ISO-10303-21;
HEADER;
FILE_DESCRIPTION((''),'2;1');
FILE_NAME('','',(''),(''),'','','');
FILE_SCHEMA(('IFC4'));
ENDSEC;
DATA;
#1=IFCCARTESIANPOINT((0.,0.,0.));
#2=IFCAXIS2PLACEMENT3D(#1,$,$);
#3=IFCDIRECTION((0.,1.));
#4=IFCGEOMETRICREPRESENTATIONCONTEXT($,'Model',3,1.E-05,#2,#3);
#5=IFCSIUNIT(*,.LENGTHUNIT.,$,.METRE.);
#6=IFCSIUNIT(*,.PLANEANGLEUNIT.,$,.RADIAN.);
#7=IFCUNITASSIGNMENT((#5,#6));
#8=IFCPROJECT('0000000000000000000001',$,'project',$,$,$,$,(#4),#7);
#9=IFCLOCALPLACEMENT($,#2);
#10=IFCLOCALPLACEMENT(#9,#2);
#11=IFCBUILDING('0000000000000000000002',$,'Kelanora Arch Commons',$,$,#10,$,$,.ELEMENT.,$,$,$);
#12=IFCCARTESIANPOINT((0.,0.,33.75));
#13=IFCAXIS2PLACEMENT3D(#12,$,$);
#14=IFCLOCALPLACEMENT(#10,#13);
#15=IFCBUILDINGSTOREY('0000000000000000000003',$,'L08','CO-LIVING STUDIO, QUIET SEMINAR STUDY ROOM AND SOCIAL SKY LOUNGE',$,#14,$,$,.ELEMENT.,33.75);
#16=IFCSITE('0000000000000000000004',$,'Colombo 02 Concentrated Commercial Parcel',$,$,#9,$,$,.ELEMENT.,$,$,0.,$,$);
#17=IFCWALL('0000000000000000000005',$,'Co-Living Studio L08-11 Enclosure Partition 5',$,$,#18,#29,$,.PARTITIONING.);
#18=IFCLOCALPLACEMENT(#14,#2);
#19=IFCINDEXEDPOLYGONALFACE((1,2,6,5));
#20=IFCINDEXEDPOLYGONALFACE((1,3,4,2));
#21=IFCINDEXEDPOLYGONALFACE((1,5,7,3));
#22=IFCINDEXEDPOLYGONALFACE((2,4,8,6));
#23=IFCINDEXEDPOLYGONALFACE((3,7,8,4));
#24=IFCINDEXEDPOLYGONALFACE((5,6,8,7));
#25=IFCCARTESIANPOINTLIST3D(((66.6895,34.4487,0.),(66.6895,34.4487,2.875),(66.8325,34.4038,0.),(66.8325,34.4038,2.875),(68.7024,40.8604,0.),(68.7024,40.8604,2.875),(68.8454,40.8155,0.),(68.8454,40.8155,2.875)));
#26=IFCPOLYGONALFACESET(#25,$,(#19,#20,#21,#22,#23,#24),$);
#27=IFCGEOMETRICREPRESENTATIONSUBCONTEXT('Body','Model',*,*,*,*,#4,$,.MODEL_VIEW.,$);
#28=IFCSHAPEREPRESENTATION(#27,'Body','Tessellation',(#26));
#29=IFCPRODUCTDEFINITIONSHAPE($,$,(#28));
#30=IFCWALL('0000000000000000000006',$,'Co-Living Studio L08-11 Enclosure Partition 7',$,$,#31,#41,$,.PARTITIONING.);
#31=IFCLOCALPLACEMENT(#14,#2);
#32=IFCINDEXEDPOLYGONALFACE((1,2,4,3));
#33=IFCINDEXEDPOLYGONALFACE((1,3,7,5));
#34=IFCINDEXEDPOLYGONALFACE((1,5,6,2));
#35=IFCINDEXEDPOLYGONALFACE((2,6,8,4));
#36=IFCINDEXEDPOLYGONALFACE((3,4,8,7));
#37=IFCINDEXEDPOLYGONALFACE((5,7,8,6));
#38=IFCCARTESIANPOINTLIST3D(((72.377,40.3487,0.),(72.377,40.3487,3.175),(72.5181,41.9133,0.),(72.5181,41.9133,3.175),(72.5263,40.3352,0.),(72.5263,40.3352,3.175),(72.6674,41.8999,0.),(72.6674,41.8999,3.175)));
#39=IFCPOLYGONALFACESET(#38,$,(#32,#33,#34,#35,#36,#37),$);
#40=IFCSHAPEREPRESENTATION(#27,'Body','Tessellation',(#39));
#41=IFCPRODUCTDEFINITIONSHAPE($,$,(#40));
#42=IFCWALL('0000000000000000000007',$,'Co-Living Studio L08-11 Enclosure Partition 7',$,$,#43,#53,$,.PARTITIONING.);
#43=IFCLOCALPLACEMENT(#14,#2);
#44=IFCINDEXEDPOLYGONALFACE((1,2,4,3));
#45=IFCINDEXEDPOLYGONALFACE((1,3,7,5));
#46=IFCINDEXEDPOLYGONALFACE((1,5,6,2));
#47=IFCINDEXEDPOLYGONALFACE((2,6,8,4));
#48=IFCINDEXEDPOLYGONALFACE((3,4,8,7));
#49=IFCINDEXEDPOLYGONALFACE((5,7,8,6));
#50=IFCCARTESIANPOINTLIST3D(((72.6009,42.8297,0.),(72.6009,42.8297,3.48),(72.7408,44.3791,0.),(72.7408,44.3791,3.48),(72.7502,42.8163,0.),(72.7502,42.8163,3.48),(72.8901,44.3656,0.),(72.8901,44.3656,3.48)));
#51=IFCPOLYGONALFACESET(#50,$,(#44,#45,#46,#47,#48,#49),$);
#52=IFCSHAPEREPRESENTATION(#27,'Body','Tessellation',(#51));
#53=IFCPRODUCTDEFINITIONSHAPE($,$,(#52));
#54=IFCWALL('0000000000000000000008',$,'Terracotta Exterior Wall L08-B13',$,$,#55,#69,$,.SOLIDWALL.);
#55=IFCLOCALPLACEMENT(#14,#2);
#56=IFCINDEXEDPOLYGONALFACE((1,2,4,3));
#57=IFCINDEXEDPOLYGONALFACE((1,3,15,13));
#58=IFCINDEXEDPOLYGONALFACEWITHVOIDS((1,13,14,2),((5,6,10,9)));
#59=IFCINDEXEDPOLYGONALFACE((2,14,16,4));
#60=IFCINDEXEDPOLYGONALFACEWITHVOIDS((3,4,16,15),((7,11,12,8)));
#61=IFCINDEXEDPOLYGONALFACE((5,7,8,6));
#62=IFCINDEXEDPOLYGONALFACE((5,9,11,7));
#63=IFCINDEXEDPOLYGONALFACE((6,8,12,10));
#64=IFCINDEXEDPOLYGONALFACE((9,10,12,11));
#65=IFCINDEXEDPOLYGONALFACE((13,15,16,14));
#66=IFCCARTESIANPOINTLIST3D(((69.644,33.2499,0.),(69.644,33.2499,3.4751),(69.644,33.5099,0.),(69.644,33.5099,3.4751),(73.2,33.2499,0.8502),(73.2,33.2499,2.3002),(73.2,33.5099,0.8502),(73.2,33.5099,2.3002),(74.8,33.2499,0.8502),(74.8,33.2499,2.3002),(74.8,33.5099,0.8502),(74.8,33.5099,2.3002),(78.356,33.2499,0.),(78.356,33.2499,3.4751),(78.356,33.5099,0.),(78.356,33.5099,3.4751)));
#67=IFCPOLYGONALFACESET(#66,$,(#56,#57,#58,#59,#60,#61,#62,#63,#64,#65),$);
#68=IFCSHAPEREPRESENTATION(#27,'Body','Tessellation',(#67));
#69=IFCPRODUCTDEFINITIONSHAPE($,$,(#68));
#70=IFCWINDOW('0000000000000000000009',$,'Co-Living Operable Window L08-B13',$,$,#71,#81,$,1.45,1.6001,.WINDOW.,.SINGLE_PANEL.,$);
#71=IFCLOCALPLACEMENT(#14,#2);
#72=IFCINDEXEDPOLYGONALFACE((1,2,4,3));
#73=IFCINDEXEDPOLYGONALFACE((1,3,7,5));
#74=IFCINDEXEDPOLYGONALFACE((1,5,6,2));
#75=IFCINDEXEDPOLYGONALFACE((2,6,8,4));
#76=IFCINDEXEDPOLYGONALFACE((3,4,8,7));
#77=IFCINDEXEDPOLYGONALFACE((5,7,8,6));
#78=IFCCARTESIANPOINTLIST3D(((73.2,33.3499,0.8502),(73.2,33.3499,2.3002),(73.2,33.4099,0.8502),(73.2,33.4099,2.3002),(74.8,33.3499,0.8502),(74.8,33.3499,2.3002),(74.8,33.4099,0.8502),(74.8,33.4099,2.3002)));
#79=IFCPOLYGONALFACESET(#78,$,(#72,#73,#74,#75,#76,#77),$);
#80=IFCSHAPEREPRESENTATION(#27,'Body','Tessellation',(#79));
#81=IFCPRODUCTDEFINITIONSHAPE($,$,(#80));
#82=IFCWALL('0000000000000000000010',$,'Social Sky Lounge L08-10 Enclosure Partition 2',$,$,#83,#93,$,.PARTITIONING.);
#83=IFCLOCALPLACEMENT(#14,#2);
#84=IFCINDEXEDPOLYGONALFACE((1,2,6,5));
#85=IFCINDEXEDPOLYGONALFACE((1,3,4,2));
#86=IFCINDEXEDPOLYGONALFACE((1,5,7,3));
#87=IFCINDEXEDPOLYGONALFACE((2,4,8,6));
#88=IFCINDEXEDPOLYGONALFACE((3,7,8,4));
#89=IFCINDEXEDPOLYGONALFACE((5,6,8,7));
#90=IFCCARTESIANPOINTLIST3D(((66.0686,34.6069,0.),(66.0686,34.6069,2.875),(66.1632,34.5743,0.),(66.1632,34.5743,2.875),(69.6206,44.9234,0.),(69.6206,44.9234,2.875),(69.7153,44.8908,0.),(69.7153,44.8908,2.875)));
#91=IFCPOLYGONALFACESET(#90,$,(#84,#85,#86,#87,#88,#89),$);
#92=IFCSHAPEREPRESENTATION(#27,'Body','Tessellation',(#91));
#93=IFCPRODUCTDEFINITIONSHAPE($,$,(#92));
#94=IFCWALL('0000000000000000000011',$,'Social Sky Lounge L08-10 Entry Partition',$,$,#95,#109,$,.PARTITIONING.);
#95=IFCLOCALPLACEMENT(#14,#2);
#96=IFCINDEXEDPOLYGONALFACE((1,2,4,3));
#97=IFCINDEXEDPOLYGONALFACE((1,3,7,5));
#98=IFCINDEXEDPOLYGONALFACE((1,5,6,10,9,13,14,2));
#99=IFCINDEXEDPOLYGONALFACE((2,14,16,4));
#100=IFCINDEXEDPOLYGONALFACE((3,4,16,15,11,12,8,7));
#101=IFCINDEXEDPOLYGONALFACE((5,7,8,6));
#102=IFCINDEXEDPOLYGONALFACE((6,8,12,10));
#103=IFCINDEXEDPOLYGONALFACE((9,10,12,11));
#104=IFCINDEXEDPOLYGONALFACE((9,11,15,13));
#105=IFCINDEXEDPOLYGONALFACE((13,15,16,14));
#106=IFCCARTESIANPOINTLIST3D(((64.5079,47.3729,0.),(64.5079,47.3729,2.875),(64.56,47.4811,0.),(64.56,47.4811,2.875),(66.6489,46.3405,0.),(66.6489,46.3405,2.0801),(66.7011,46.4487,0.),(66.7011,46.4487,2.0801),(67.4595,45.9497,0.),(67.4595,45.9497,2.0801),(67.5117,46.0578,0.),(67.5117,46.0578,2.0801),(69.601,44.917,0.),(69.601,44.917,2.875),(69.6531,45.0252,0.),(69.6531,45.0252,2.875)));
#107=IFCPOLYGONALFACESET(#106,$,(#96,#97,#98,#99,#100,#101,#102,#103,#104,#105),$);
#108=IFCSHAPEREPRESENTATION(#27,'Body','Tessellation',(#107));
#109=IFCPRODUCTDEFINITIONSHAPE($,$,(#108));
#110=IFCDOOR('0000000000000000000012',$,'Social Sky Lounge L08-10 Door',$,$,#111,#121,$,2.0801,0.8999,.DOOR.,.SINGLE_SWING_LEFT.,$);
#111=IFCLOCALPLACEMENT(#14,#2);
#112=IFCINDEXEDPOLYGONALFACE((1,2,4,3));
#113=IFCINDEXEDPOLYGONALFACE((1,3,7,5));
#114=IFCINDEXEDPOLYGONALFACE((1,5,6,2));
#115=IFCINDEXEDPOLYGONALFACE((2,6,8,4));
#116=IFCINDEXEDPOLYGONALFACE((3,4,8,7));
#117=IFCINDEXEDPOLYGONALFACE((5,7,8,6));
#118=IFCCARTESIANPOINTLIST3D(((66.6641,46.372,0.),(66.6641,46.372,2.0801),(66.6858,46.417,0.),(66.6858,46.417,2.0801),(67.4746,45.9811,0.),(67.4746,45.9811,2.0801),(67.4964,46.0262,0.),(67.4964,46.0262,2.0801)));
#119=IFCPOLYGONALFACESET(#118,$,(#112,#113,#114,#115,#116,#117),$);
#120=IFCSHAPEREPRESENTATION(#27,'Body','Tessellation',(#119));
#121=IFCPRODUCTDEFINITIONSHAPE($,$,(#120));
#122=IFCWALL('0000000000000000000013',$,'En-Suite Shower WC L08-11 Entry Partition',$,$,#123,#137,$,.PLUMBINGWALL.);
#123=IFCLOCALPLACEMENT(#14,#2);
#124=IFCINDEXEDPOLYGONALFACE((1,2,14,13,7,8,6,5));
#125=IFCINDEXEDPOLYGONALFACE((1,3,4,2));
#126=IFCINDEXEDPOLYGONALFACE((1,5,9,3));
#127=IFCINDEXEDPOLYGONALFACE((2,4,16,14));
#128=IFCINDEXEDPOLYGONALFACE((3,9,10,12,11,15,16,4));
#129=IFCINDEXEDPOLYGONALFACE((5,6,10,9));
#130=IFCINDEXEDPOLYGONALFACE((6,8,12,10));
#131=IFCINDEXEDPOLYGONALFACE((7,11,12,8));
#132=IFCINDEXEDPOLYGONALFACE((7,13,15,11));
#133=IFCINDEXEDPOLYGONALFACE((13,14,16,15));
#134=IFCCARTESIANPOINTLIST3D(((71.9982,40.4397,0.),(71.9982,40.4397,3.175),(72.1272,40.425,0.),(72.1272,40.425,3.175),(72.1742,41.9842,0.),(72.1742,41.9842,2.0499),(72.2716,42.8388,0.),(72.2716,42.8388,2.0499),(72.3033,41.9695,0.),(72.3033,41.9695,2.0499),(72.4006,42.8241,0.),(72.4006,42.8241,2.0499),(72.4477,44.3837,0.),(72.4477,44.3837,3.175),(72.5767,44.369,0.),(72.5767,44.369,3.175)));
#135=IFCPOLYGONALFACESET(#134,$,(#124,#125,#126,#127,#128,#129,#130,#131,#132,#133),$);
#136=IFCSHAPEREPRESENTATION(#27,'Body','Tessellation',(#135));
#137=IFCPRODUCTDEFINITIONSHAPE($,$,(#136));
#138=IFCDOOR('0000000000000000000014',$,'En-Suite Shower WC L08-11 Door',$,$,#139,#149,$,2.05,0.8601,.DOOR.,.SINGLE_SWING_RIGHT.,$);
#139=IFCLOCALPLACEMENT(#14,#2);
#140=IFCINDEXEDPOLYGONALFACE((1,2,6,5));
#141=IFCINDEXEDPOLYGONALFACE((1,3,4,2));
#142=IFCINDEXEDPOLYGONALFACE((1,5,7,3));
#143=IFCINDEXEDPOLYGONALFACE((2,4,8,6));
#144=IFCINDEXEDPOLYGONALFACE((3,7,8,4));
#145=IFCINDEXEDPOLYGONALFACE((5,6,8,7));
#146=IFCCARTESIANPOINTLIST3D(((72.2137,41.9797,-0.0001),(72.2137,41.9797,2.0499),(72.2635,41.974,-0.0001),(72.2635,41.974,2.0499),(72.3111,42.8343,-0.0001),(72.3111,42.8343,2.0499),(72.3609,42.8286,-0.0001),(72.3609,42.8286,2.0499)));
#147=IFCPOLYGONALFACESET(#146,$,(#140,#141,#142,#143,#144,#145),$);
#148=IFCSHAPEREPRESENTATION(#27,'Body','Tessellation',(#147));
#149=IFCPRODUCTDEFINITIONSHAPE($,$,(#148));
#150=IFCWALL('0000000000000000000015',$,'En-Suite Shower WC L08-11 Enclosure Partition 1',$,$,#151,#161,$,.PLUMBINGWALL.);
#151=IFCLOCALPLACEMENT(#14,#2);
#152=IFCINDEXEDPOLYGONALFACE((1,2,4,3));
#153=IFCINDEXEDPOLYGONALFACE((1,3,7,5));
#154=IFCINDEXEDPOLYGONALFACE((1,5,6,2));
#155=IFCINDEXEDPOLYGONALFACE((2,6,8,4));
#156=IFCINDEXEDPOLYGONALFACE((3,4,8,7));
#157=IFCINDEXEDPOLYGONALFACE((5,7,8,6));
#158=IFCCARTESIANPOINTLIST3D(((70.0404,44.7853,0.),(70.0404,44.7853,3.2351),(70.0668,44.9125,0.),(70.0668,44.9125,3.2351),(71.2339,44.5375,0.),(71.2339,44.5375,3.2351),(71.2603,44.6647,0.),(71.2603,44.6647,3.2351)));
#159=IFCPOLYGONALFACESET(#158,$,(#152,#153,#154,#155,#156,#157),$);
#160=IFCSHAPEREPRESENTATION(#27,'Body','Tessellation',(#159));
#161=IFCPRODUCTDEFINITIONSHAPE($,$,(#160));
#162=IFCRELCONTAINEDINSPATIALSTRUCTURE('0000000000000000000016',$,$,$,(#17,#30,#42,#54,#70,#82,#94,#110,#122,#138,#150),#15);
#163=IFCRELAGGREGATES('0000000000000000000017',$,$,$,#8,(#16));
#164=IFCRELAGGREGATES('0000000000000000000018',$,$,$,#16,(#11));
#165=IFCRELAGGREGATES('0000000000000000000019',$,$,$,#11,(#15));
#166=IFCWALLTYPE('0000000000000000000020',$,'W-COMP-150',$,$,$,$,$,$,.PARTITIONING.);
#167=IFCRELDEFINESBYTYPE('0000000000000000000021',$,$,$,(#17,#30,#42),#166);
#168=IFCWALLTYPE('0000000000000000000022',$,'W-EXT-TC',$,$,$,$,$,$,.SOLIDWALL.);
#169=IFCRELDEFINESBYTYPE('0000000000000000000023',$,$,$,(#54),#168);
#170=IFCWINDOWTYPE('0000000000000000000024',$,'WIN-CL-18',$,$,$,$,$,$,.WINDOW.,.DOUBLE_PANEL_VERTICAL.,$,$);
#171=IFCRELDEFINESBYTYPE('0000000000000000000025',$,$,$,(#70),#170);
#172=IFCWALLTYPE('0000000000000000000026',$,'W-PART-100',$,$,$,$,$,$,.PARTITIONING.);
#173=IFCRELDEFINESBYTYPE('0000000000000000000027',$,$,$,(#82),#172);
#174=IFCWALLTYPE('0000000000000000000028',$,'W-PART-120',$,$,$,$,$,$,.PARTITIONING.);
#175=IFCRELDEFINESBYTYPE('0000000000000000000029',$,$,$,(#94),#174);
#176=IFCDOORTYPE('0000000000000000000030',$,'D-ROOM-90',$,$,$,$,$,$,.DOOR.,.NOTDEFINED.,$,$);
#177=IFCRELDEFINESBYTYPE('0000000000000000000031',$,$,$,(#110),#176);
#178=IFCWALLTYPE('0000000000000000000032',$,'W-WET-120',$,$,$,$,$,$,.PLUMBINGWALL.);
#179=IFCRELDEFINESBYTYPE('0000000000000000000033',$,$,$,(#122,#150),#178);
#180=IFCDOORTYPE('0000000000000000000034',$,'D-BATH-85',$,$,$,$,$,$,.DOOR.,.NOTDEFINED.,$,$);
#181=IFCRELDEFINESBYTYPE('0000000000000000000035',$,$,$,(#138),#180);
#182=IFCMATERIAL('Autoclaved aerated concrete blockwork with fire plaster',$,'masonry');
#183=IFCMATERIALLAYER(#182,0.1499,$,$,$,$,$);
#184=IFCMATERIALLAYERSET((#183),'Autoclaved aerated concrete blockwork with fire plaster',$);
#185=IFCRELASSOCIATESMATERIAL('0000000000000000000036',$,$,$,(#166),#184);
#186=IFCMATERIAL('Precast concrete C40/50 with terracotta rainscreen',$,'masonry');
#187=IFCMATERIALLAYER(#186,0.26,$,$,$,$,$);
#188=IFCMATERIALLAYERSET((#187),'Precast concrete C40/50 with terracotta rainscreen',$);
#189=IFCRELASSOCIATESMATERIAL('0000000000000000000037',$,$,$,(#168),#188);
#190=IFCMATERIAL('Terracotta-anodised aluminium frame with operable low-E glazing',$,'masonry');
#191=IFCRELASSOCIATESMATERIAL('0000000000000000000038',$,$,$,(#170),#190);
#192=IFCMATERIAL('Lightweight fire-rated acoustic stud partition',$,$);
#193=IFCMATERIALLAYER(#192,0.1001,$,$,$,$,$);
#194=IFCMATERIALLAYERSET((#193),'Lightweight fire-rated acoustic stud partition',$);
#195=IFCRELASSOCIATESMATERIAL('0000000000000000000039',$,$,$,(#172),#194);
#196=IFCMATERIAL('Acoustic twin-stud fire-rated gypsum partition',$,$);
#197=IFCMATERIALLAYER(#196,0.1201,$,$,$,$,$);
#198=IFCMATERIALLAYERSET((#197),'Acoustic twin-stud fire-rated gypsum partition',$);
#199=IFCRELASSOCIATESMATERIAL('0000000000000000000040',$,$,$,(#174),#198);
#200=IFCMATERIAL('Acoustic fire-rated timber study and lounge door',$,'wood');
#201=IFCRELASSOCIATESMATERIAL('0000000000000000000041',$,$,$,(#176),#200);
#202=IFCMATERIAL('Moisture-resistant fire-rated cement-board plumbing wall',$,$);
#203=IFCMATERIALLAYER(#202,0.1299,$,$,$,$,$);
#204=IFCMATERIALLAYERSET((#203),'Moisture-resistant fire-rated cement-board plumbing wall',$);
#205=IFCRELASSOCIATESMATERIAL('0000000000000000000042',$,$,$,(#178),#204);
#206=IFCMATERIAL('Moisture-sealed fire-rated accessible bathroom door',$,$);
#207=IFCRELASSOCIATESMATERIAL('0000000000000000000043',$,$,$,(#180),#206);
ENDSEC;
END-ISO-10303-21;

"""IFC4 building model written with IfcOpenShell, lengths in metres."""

from ifc_helpers import new_model, si_unit, direction, frame, frame_2d, origin, place, context, subcontext, project, spatial, rectangle, extrude, material, layer, layer_set, type_object, element, fill, save


model = new_model("IFC4")

# Units and contexts
model_context = context("Model", 3, precision=1e-05, world=origin(), true_north=direction((0.0, 1.0)))
body_context = subcontext(model_context, "Body", "Model", "MODEL_VIEW")
ifc_project = project(units=[si_unit("LENGTHUNIT", "METRE"), si_unit("PLANEANGLEUNIT", "RADIAN")], contexts=[model_context])

# Site, building, storey
site_placement = place(None, origin())
site = spatial("IfcSite", under=ifc_project, at=site_placement, Name="Colombo 02 Concentrated Commercial Parcel", CompositionType="ELEMENT", RefElevation=0.0)
building_placement = place(site_placement, origin())
building = spatial("IfcBuilding", under=site, at=building_placement, Name="Kelanora Arch Commons", CompositionType="ELEMENT")
storey_placement = place(building_placement, frame((0.0, 0.0, 33.75)))
storey = spatial("IfcBuildingStorey", under=building, at=storey_placement, Name="L08", Description="CO-LIVING STUDIO, QUIET SEMINAR STUDY ROOM AND SOCIAL SKY LOUNGE", CompositionType="ELEMENT", Elevation=33.75)

# Shared definitions
ifc_material_1 = material(Name="Autoclaved aerated concrete blockwork with fire plaster", Category="masonry")
ifc_layer_1 = layer(ifc_material_1, 0.1499)
ifc_layer_set_1 = layer_set([ifc_layer_1], Name="Autoclaved aerated concrete blockwork with fire plaster")
wall_type_1 = type_object("IfcWallType", Name="W-COMP-150", PredefinedType="PARTITIONING", material=ifc_layer_set_1)

# Walls
wall_1_placement = place(storey_placement, frame((66.761, 34.4263, 0.0), z_axis=(0.0, 0.0, 1.0), x_axis=(0.299537, 0.954085, 0.0)))
element("IfcWall", 1, at=wall_1_placement, inside=storey, type_object=wall_type_1, Name="Co-Living Studio L08-11 Enclosure Partition 5", PredefinedType="PARTITIONING", context=body_context, shape_type="SweptSolid", body=[
    extrude(rectangle(XDim=6.7202, YDim=0.1499, at=frame_2d((3.3601, 0.0))), origin(), (0.0, 0.0, 1.0), 2.875),
])
wall_2_placement = place(storey_placement, frame((72.4517, 40.3418, 0.0), z_axis=(0.0, 0.0, 1.0), x_axis=(0.089821, 0.995958, 0.0)))
element("IfcWall", 2, at=wall_2_placement, inside=storey, type_object=wall_type_1, Name="Co-Living Studio L08-11 Enclosure Partition 7", PredefinedType="PARTITIONING", context=body_context, shape_type="SweptSolid", body=[
    extrude(rectangle(XDim=1.571, YDim=0.1499, at=frame_2d((0.7856, 0.0))), origin(), (0.0, 0.0, 1.0), 3.175),
])
wall_3_placement = place(storey_placement, frame((72.6755, 42.823, 0.0), z_axis=(0.0, 0.0, 1.0), x_axis=(0.089927, 0.995948, 0.0)))
element("IfcWall", 3, at=wall_3_placement, inside=storey, type_object=wall_type_1, Name="Co-Living Studio L08-11 Enclosure Partition 7", PredefinedType="PARTITIONING", context=body_context, shape_type="SweptSolid", body=[
    extrude(rectangle(XDim=1.5557, YDim=0.1499, at=frame_2d((0.7778, 0.0))), origin(), (0.0, 0.0, 1.0), 3.48),
])

# Wall, opening, window
ifc_material_2 = material(Name="Precast concrete C40/50 with terracotta rainscreen", Category="masonry")
ifc_layer_2 = layer(ifc_material_2, 0.26)
ifc_layer_set_2 = layer_set([ifc_layer_2], Name="Precast concrete C40/50 with terracotta rainscreen")
wall_type_2 = type_object("IfcWallType", Name="W-EXT-TC", PredefinedType="SOLIDWALL", material=ifc_layer_set_2)
wall_4_placement = place(storey_placement, frame((69.644, 33.3799, 0.0), z_axis=(0.0, 0.0, 1.0), x_axis=(1.0, 0.0, 0.0)))
wall_4 = element("IfcWall", 4, at=wall_4_placement, inside=storey, type_object=wall_type_2, Name="Terracotta Exterior Wall L08-B13", PredefinedType="SOLIDWALL", context=body_context, shape_type="SweptSolid", body=[
    extrude(rectangle(XDim=8.7119, YDim=0.26, at=frame_2d((4.356, 0.0))), origin(), (0.0, 0.0, 1.0), 3.4751),
])
opening_1_placement = place(wall_4_placement, frame((3.5559, 0.0, 0.8501)))
opening_1 = element("IfcOpeningElement", 5, at=opening_1_placement, cuts=wall_4, PredefinedType="OPENING", context=body_context, shape_type="SweptSolid", body=[
    extrude(rectangle(XDim=1.6001, YDim=1.45, at=frame_2d((0.8, 0.7251))), frame((0.0, 0.1401, 0.0), z_axis=(0.0, -1.0, 0.0), x_axis=(1.0, 0.0, 0.0)), (0.0, 0.0, 1.0), 0.28),
])
ifc_material_3 = material(Name="Terracotta-anodised aluminium frame with operable low-E glazing", Category="masonry")
window_type = type_object("IfcWindowType", Name="WIN-CL-18", PartitioningType="DOUBLE_PANEL_VERTICAL", PredefinedType="WINDOW", material=ifc_material_3)
window_placement = place(opening_1_placement, origin())
window = element("IfcWindow", 6, at=window_placement, inside=storey, type_object=window_type, Name="Co-Living Operable Window L08-B13", OverallHeight=1.45, OverallWidth=1.6001, PartitioningType="SINGLE_PANEL", PredefinedType="WINDOW", context=body_context, shape_type="SweptSolid", body=[
    extrude(rectangle(XDim=1.6001, YDim=1.45, at=frame_2d((0.8, 0.7251))), frame((0.0, 0.03, 0.0), z_axis=(0.0, -1.0, 0.0), x_axis=(1.0, 0.0, 0.0)), (0.0, 0.0, 1.0), 0.0601),
])
fill(opening_1, window)

# Wall
ifc_material_4 = material(Name="Lightweight fire-rated acoustic stud partition")
ifc_layer_3 = layer(ifc_material_4, 0.1001)
ifc_layer_set_3 = layer_set([ifc_layer_3], Name="Lightweight fire-rated acoustic stud partition")
wall_type_3 = type_object("IfcWallType", Name="W-PART-100", PredefinedType="PARTITIONING", material=ifc_layer_set_3)
wall_5_placement = place(storey_placement, frame((69.668, 44.9072, 0.0), z_axis=(0.0, 0.0, 1.0), x_axis=(-0.32555, -0.945525, 0.0)))
element("IfcWall", 7, at=wall_5_placement, inside=storey, type_object=wall_type_3, Name="Social Sky Lounge L08-10 Enclosure Partition 2", PredefinedType="PARTITIONING", context=body_context, shape_type="SweptSolid", body=[
    extrude(rectangle(XDim=10.9109, YDim=0.1001, at=frame_2d((5.4556, 0.0))), origin(), (0.0, 0.0, 1.0), 2.875),
])

# Walls, openings, doors
ifc_material_5 = material(Name="Acoustic twin-stud fire-rated gypsum partition")
ifc_layer_4 = layer(ifc_material_5, 0.1201)
ifc_layer_set_4 = layer_set([ifc_layer_4], Name="Acoustic twin-stud fire-rated gypsum partition")
wall_type_4 = type_object("IfcWallType", Name="W-PART-120", PredefinedType="PARTITIONING", material=ifc_layer_set_4)
wall_6_placement = place(storey_placement, frame((64.5339, 47.427, 0.0), z_axis=(0.0, 0.0, 1.0), x_axis=(0.900751, -0.434335, 0.0)))
wall_6 = element("IfcWall", 8, at=wall_6_placement, inside=storey, type_object=wall_type_4, Name="Social Sky Lounge L08-10 Entry Partition", PredefinedType="PARTITIONING", context=body_context, shape_type="SweptSolid", body=[
    extrude(rectangle(XDim=5.6543, YDim=0.1201, at=frame_2d((2.8271, 0.0))), origin(), (0.0, 0.0, 1.0), 2.875),
])
opening_2_placement = place(wall_6_placement, frame((2.377, 0.0, 0.0)))
opening_2 = element("IfcOpeningElement", 9, at=opening_2_placement, cuts=wall_6, PredefinedType="OPENING", context=body_context, shape_type="SweptSolid", body=[
    extrude(rectangle(XDim=0.8999, YDim=2.0801, at=frame_2d((0.45, 1.04))), frame((0.0, 0.0701, 0.0), z_axis=(0.0, -1.0, 0.0), x_axis=(1.0, 0.0, 0.0)), (0.0, 0.0, 1.0), 0.1401),
])
ifc_material_6 = material(Name="Acoustic fire-rated timber study and lounge door", Category="wood")
door_type_1 = type_object("IfcDoorType", Name="D-ROOM-90", OperationType="NOTDEFINED", PredefinedType="DOOR", material=ifc_material_6)
door_1_placement = place(opening_2_placement, origin())
door_1 = element("IfcDoor", 10, at=door_1_placement, inside=storey, type_object=door_type_1, Name="Social Sky Lounge L08-10 Door", OperationType="SINGLE_SWING_LEFT", OverallHeight=2.0801, OverallWidth=0.8999, PredefinedType="DOOR", context=body_context, shape_type="SweptSolid", body=[
    extrude(rectangle(XDim=0.8999, YDim=2.0801, at=frame_2d((0.45, 1.04))), frame((0.0, 0.0249, 0.0), z_axis=(0.0, -1.0, 0.0), x_axis=(1.0, 0.0, 0.0)), (0.0, 0.0, 1.0), 0.05),
])
fill(opening_2, door_1)
ifc_material_7 = material(Name="Moisture-resistant fire-rated cement-board plumbing wall")
ifc_layer_5 = layer(ifc_material_7, 0.1299)
ifc_layer_set_5 = layer_set([ifc_layer_5], Name="Moisture-resistant fire-rated cement-board plumbing wall")
wall_type_5 = type_object("IfcWallType", Name="W-WET-120", PredefinedType="PLUMBINGWALL", material=ifc_layer_set_5)
wall_7_placement = place(storey_placement, frame((72.5122, 44.3765, 0.0), z_axis=(0.0, 0.0, 1.0), x_axis=(-0.113233, -0.993569, 0.0)))
wall_7 = element("IfcWall", 11, at=wall_7_placement, inside=storey, type_object=wall_type_5, Name="En-Suite Shower WC L08-11 Entry Partition", PredefinedType="PLUMBINGWALL", context=body_context, shape_type="SweptSolid", body=[
    extrude(rectangle(XDim=3.9695, YDim=0.1299, at=frame_2d((1.9849, 0.0))), origin(), (0.0, 0.0, 1.0), 3.175),
])
opening_3_placement = place(wall_7_placement, frame((1.5549, 0.0, 0.0)))
opening_3 = element("IfcOpeningElement", 12, at=opening_3_placement, cuts=wall_7, PredefinedType="OPENING", context=body_context, shape_type="SweptSolid", body=[
    extrude(rectangle(XDim=0.8601, YDim=2.05, at=frame_2d((0.4302, 1.0249))), frame((0.0, 0.075, 0.0), z_axis=(0.0, -1.0, 0.0), x_axis=(1.0, 0.0, 0.0)), (0.0, 0.0, 1.0), 0.1499),
])
ifc_material_8 = material(Name="Moisture-sealed fire-rated accessible bathroom door")
door_type_2 = type_object("IfcDoorType", Name="D-BATH-85", OperationType="NOTDEFINED", PredefinedType="DOOR", material=ifc_material_8)
door_2_placement = place(opening_3_placement, origin())
door_2 = element("IfcDoor", 13, at=door_2_placement, inside=storey, type_object=door_type_2, Name="En-Suite Shower WC L08-11 Door", OperationType="SINGLE_SWING_RIGHT", OverallHeight=2.05, OverallWidth=0.8601, PredefinedType="DOOR", context=body_context, shape_type="SweptSolid", body=[
    extrude(rectangle(XDim=0.8601, YDim=2.05, at=frame_2d((0.4302, 1.0249))), frame((0.0, 0.0249, 0.0), z_axis=(0.0, -1.0, 0.0), x_axis=(1.0, 0.0, 0.0)), (0.0, 0.0, 1.0), 0.05),
])
fill(opening_3, door_2)

# Wall
wall_8_placement = place(storey_placement, frame((70.0537, 44.8489, 0.0), z_axis=(0.0, 0.0, 1.0), x_axis=(0.979122, -0.203274, 0.0)))
element("IfcWall", 14, at=wall_8_placement, inside=storey, type_object=wall_type_5, Name="En-Suite Shower WC L08-11 Enclosure Partition 1", PredefinedType="PLUMBINGWALL", context=body_context, shape_type="SweptSolid", body=[
    extrude(rectangle(XDim=1.219, YDim=0.1299, at=frame_2d((0.6094, 0.0))), origin(), (0.0, 0.0, 1.0), 3.2351),
])

save(model, "model.ifc")
